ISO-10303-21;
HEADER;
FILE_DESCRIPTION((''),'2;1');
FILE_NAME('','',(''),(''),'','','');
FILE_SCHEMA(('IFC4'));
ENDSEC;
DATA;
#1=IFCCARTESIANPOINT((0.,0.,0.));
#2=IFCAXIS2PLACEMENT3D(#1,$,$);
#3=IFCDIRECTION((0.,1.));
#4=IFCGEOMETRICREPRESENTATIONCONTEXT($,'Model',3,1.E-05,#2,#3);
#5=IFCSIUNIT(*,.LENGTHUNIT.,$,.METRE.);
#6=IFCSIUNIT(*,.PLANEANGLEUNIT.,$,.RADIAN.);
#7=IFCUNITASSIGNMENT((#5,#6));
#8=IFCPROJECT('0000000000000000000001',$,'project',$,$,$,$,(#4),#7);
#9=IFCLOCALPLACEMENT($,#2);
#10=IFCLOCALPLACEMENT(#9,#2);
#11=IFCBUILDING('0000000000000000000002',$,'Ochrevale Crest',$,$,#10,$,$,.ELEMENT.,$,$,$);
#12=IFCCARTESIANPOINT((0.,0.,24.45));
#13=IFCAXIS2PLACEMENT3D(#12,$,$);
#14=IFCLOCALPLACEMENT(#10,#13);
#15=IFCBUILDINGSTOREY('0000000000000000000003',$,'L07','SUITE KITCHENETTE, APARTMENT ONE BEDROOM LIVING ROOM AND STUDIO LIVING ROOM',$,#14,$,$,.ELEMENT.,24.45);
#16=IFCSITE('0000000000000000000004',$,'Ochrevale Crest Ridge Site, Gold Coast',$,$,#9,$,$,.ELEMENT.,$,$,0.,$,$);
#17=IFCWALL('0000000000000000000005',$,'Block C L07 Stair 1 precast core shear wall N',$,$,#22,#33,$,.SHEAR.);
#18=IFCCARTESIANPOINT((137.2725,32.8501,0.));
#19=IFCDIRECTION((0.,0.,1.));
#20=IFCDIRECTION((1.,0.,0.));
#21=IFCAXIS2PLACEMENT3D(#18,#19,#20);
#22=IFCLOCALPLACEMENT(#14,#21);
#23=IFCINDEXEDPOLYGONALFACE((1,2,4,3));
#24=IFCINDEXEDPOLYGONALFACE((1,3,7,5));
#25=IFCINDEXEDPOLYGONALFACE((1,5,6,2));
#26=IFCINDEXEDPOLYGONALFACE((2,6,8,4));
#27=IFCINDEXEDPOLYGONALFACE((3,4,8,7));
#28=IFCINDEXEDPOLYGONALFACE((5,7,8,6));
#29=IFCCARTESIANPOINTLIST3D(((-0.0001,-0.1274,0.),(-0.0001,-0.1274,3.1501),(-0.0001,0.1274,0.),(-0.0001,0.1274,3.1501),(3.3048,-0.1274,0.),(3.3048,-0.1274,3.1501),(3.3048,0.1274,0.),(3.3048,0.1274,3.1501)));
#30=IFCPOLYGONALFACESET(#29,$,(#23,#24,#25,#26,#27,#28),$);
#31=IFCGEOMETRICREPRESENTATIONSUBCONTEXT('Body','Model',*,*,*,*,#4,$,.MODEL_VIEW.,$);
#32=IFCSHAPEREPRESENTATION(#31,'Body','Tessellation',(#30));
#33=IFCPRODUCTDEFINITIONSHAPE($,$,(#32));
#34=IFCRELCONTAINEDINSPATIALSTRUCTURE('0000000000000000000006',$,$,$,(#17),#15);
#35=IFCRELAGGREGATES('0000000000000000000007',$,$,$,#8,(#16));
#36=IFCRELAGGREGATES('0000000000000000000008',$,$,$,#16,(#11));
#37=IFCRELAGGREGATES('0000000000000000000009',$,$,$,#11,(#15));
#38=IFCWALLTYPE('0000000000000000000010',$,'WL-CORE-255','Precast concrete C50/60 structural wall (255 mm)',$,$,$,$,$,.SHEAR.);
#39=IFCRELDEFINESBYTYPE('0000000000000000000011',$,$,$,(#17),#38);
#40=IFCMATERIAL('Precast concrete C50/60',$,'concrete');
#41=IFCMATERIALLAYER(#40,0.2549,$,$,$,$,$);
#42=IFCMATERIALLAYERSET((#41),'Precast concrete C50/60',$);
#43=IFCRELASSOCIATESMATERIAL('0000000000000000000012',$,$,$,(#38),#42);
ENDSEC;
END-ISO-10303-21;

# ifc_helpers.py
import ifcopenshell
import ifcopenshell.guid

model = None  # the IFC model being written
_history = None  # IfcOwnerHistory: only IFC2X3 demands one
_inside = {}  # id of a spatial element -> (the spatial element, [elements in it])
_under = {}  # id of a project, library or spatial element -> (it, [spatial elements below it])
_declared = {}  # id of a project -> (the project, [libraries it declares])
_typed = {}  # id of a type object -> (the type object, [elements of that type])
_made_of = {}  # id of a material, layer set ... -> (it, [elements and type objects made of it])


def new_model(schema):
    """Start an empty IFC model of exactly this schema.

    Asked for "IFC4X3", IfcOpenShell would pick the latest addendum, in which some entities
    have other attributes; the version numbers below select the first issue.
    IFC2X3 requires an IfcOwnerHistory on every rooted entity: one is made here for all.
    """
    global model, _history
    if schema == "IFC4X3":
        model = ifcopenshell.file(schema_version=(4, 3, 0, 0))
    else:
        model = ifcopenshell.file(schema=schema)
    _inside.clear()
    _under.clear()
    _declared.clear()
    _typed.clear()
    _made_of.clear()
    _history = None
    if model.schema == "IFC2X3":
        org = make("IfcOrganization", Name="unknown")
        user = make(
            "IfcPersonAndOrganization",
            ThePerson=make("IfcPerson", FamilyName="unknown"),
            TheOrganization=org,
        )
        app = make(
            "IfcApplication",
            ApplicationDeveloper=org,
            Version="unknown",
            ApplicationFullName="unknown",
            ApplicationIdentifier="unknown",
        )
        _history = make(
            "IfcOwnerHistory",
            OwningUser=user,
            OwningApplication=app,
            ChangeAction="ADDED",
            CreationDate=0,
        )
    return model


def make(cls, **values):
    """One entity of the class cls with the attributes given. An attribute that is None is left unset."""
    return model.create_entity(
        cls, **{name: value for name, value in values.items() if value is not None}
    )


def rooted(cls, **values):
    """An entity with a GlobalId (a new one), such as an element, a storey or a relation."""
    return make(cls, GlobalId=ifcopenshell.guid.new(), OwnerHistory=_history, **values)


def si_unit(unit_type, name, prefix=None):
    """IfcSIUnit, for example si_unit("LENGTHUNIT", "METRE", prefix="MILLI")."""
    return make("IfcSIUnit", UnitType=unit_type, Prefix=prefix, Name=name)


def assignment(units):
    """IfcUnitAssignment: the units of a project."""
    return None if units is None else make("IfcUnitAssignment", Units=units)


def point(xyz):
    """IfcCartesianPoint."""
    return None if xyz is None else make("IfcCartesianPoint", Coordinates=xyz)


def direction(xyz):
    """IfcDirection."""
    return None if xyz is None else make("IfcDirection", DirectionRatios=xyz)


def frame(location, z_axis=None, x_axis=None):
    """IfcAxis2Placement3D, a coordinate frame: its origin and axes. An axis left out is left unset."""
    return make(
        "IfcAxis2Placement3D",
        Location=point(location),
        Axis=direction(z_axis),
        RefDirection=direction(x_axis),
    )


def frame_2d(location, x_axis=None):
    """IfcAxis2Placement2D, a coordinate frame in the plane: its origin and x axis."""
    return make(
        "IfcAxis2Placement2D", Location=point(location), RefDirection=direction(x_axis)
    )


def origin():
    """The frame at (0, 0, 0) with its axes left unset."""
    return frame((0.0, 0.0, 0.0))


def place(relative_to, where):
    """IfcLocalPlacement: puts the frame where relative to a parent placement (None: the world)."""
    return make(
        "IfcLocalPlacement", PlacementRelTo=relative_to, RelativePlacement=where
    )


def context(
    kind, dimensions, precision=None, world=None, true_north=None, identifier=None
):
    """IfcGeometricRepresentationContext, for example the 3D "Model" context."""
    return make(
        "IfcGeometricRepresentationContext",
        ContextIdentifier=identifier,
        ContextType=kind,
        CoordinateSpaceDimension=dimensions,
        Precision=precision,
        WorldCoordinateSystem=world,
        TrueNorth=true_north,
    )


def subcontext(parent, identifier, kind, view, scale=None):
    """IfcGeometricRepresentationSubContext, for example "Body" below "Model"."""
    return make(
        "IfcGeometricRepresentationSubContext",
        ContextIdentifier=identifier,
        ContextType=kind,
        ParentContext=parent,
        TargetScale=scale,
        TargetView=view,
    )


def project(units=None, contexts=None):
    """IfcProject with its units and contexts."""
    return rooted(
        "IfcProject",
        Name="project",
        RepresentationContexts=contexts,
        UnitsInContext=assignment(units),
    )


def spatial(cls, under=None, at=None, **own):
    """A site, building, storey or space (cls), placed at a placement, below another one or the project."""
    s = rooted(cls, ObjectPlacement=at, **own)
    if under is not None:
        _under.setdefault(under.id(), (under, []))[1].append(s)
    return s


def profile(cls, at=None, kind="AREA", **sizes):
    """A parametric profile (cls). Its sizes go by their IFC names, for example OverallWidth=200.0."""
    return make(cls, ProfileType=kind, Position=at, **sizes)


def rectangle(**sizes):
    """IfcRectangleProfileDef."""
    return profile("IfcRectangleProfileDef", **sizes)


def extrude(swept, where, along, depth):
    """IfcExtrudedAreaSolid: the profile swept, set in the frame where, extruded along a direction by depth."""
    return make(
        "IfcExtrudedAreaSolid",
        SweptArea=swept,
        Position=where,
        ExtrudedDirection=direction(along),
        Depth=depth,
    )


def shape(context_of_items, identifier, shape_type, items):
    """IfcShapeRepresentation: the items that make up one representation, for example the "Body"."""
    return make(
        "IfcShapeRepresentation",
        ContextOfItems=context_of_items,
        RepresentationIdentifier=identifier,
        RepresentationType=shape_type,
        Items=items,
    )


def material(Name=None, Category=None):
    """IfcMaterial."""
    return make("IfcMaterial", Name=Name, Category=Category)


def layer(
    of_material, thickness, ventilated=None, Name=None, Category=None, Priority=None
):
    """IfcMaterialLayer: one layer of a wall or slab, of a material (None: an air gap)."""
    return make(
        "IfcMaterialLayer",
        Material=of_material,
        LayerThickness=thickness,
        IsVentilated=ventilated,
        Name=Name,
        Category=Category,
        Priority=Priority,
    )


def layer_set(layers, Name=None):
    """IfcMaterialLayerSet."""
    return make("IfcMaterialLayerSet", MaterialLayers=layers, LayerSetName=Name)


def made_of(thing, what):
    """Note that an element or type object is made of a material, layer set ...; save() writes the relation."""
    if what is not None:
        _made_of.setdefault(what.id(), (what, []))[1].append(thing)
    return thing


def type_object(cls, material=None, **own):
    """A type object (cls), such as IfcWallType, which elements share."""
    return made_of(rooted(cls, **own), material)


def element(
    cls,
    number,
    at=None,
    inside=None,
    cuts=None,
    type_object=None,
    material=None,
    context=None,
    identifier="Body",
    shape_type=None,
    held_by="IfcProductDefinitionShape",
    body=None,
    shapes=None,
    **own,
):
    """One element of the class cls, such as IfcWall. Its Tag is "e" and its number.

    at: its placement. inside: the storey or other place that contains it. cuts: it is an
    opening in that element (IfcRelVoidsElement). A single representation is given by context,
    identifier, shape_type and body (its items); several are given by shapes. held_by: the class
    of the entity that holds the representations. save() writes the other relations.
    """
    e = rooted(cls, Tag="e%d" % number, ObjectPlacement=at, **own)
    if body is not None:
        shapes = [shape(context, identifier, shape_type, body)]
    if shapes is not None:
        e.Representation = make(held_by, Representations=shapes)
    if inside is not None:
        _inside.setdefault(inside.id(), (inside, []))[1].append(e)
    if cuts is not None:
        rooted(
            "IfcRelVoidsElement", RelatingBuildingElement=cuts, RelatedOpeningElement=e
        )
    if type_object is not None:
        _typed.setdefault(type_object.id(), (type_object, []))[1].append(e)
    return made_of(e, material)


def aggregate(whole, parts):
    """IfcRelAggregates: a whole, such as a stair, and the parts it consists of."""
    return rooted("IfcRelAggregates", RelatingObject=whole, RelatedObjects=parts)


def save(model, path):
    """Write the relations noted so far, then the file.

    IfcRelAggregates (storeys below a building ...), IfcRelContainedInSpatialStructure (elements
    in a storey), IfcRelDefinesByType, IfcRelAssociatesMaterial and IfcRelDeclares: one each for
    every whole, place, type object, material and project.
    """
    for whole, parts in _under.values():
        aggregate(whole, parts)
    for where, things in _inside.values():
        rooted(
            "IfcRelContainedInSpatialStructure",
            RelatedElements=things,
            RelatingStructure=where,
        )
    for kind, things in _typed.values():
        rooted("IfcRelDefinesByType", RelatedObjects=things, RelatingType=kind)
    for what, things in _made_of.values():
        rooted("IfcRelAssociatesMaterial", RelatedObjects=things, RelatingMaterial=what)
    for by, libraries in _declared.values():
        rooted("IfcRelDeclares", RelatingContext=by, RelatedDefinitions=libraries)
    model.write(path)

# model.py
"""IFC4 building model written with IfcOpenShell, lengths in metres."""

from ifc_helpers import new_model, si_unit, direction, frame, frame_2d, origin, place, context, subcontext, project, spatial, rectangle, extrude, material, layer, layer_set, type_object, element, save


model = new_model("IFC4")

# Units and contexts
model_context = context("Model", 3, precision=1e-05, world=origin(), true_north=direction((0.0, 1.0)))
body_context = subcontext(model_context, "Body", "Model", "MODEL_VIEW")
ifc_project = project(units=[si_unit("LENGTHUNIT", "METRE"), si_unit("PLANEANGLEUNIT", "RADIAN")], contexts=[model_context])

# Site, building, storey
site_placement = place(None, origin())
site = spatial("IfcSite", under=ifc_project, at=site_placement, Name="Ochrevale Crest Ridge Site, Gold Coast", CompositionType="ELEMENT", RefElevation=0.0)
building_placement = place(site_placement, origin())
building = spatial("IfcBuilding", under=site, at=building_placement, Name="Ochrevale Crest", CompositionType="ELEMENT")
storey_placement = place(building_placement, frame((0.0, 0.0, 24.45)))
storey = spatial("IfcBuildingStorey", under=building, at=storey_placement, Name="L07", Description="SUITE KITCHENETTE, APARTMENT ONE BEDROOM LIVING ROOM AND STUDIO LIVING ROOM", CompositionType="ELEMENT", Elevation=24.45)

# Shared definitions
ifc_material_1 = material(Name="Precast concrete C50/60", Category="concrete")

# Wall
ifc_layer_1 = layer(ifc_material_1, 0.2549)
ifc_layer_set_1 = layer_set([ifc_layer_1], Name="Precast concrete C50/60")
wall_type_1 = type_object("IfcWallType", Name="WL-CORE-255", Description="Precast concrete C50/60 structural wall (255 mm)", PredefinedType="SHEAR", material=ifc_layer_set_1)
wall_1_placement = place(storey_placement, frame((137.2725, 32.8501, 0.0), z_axis=(0.0, 0.0, 1.0), x_axis=(1.0, 0.0, 0.0)))
element("IfcWall", 1, at=wall_1_placement, inside=storey, type_object=wall_type_1, Name="Block C L07 Stair 1 precast core shear wall N", PredefinedType="SHEAR", context=body_context, shape_type="SweptSolid", body=[
    extrude(rectangle(XDim=3.3049, YDim=0.2549, at=frame_2d((1.6523, 0.0))), origin(), (0.0, 0.0, 1.0), 3.1501),
])

save(model, "model.ifc")
